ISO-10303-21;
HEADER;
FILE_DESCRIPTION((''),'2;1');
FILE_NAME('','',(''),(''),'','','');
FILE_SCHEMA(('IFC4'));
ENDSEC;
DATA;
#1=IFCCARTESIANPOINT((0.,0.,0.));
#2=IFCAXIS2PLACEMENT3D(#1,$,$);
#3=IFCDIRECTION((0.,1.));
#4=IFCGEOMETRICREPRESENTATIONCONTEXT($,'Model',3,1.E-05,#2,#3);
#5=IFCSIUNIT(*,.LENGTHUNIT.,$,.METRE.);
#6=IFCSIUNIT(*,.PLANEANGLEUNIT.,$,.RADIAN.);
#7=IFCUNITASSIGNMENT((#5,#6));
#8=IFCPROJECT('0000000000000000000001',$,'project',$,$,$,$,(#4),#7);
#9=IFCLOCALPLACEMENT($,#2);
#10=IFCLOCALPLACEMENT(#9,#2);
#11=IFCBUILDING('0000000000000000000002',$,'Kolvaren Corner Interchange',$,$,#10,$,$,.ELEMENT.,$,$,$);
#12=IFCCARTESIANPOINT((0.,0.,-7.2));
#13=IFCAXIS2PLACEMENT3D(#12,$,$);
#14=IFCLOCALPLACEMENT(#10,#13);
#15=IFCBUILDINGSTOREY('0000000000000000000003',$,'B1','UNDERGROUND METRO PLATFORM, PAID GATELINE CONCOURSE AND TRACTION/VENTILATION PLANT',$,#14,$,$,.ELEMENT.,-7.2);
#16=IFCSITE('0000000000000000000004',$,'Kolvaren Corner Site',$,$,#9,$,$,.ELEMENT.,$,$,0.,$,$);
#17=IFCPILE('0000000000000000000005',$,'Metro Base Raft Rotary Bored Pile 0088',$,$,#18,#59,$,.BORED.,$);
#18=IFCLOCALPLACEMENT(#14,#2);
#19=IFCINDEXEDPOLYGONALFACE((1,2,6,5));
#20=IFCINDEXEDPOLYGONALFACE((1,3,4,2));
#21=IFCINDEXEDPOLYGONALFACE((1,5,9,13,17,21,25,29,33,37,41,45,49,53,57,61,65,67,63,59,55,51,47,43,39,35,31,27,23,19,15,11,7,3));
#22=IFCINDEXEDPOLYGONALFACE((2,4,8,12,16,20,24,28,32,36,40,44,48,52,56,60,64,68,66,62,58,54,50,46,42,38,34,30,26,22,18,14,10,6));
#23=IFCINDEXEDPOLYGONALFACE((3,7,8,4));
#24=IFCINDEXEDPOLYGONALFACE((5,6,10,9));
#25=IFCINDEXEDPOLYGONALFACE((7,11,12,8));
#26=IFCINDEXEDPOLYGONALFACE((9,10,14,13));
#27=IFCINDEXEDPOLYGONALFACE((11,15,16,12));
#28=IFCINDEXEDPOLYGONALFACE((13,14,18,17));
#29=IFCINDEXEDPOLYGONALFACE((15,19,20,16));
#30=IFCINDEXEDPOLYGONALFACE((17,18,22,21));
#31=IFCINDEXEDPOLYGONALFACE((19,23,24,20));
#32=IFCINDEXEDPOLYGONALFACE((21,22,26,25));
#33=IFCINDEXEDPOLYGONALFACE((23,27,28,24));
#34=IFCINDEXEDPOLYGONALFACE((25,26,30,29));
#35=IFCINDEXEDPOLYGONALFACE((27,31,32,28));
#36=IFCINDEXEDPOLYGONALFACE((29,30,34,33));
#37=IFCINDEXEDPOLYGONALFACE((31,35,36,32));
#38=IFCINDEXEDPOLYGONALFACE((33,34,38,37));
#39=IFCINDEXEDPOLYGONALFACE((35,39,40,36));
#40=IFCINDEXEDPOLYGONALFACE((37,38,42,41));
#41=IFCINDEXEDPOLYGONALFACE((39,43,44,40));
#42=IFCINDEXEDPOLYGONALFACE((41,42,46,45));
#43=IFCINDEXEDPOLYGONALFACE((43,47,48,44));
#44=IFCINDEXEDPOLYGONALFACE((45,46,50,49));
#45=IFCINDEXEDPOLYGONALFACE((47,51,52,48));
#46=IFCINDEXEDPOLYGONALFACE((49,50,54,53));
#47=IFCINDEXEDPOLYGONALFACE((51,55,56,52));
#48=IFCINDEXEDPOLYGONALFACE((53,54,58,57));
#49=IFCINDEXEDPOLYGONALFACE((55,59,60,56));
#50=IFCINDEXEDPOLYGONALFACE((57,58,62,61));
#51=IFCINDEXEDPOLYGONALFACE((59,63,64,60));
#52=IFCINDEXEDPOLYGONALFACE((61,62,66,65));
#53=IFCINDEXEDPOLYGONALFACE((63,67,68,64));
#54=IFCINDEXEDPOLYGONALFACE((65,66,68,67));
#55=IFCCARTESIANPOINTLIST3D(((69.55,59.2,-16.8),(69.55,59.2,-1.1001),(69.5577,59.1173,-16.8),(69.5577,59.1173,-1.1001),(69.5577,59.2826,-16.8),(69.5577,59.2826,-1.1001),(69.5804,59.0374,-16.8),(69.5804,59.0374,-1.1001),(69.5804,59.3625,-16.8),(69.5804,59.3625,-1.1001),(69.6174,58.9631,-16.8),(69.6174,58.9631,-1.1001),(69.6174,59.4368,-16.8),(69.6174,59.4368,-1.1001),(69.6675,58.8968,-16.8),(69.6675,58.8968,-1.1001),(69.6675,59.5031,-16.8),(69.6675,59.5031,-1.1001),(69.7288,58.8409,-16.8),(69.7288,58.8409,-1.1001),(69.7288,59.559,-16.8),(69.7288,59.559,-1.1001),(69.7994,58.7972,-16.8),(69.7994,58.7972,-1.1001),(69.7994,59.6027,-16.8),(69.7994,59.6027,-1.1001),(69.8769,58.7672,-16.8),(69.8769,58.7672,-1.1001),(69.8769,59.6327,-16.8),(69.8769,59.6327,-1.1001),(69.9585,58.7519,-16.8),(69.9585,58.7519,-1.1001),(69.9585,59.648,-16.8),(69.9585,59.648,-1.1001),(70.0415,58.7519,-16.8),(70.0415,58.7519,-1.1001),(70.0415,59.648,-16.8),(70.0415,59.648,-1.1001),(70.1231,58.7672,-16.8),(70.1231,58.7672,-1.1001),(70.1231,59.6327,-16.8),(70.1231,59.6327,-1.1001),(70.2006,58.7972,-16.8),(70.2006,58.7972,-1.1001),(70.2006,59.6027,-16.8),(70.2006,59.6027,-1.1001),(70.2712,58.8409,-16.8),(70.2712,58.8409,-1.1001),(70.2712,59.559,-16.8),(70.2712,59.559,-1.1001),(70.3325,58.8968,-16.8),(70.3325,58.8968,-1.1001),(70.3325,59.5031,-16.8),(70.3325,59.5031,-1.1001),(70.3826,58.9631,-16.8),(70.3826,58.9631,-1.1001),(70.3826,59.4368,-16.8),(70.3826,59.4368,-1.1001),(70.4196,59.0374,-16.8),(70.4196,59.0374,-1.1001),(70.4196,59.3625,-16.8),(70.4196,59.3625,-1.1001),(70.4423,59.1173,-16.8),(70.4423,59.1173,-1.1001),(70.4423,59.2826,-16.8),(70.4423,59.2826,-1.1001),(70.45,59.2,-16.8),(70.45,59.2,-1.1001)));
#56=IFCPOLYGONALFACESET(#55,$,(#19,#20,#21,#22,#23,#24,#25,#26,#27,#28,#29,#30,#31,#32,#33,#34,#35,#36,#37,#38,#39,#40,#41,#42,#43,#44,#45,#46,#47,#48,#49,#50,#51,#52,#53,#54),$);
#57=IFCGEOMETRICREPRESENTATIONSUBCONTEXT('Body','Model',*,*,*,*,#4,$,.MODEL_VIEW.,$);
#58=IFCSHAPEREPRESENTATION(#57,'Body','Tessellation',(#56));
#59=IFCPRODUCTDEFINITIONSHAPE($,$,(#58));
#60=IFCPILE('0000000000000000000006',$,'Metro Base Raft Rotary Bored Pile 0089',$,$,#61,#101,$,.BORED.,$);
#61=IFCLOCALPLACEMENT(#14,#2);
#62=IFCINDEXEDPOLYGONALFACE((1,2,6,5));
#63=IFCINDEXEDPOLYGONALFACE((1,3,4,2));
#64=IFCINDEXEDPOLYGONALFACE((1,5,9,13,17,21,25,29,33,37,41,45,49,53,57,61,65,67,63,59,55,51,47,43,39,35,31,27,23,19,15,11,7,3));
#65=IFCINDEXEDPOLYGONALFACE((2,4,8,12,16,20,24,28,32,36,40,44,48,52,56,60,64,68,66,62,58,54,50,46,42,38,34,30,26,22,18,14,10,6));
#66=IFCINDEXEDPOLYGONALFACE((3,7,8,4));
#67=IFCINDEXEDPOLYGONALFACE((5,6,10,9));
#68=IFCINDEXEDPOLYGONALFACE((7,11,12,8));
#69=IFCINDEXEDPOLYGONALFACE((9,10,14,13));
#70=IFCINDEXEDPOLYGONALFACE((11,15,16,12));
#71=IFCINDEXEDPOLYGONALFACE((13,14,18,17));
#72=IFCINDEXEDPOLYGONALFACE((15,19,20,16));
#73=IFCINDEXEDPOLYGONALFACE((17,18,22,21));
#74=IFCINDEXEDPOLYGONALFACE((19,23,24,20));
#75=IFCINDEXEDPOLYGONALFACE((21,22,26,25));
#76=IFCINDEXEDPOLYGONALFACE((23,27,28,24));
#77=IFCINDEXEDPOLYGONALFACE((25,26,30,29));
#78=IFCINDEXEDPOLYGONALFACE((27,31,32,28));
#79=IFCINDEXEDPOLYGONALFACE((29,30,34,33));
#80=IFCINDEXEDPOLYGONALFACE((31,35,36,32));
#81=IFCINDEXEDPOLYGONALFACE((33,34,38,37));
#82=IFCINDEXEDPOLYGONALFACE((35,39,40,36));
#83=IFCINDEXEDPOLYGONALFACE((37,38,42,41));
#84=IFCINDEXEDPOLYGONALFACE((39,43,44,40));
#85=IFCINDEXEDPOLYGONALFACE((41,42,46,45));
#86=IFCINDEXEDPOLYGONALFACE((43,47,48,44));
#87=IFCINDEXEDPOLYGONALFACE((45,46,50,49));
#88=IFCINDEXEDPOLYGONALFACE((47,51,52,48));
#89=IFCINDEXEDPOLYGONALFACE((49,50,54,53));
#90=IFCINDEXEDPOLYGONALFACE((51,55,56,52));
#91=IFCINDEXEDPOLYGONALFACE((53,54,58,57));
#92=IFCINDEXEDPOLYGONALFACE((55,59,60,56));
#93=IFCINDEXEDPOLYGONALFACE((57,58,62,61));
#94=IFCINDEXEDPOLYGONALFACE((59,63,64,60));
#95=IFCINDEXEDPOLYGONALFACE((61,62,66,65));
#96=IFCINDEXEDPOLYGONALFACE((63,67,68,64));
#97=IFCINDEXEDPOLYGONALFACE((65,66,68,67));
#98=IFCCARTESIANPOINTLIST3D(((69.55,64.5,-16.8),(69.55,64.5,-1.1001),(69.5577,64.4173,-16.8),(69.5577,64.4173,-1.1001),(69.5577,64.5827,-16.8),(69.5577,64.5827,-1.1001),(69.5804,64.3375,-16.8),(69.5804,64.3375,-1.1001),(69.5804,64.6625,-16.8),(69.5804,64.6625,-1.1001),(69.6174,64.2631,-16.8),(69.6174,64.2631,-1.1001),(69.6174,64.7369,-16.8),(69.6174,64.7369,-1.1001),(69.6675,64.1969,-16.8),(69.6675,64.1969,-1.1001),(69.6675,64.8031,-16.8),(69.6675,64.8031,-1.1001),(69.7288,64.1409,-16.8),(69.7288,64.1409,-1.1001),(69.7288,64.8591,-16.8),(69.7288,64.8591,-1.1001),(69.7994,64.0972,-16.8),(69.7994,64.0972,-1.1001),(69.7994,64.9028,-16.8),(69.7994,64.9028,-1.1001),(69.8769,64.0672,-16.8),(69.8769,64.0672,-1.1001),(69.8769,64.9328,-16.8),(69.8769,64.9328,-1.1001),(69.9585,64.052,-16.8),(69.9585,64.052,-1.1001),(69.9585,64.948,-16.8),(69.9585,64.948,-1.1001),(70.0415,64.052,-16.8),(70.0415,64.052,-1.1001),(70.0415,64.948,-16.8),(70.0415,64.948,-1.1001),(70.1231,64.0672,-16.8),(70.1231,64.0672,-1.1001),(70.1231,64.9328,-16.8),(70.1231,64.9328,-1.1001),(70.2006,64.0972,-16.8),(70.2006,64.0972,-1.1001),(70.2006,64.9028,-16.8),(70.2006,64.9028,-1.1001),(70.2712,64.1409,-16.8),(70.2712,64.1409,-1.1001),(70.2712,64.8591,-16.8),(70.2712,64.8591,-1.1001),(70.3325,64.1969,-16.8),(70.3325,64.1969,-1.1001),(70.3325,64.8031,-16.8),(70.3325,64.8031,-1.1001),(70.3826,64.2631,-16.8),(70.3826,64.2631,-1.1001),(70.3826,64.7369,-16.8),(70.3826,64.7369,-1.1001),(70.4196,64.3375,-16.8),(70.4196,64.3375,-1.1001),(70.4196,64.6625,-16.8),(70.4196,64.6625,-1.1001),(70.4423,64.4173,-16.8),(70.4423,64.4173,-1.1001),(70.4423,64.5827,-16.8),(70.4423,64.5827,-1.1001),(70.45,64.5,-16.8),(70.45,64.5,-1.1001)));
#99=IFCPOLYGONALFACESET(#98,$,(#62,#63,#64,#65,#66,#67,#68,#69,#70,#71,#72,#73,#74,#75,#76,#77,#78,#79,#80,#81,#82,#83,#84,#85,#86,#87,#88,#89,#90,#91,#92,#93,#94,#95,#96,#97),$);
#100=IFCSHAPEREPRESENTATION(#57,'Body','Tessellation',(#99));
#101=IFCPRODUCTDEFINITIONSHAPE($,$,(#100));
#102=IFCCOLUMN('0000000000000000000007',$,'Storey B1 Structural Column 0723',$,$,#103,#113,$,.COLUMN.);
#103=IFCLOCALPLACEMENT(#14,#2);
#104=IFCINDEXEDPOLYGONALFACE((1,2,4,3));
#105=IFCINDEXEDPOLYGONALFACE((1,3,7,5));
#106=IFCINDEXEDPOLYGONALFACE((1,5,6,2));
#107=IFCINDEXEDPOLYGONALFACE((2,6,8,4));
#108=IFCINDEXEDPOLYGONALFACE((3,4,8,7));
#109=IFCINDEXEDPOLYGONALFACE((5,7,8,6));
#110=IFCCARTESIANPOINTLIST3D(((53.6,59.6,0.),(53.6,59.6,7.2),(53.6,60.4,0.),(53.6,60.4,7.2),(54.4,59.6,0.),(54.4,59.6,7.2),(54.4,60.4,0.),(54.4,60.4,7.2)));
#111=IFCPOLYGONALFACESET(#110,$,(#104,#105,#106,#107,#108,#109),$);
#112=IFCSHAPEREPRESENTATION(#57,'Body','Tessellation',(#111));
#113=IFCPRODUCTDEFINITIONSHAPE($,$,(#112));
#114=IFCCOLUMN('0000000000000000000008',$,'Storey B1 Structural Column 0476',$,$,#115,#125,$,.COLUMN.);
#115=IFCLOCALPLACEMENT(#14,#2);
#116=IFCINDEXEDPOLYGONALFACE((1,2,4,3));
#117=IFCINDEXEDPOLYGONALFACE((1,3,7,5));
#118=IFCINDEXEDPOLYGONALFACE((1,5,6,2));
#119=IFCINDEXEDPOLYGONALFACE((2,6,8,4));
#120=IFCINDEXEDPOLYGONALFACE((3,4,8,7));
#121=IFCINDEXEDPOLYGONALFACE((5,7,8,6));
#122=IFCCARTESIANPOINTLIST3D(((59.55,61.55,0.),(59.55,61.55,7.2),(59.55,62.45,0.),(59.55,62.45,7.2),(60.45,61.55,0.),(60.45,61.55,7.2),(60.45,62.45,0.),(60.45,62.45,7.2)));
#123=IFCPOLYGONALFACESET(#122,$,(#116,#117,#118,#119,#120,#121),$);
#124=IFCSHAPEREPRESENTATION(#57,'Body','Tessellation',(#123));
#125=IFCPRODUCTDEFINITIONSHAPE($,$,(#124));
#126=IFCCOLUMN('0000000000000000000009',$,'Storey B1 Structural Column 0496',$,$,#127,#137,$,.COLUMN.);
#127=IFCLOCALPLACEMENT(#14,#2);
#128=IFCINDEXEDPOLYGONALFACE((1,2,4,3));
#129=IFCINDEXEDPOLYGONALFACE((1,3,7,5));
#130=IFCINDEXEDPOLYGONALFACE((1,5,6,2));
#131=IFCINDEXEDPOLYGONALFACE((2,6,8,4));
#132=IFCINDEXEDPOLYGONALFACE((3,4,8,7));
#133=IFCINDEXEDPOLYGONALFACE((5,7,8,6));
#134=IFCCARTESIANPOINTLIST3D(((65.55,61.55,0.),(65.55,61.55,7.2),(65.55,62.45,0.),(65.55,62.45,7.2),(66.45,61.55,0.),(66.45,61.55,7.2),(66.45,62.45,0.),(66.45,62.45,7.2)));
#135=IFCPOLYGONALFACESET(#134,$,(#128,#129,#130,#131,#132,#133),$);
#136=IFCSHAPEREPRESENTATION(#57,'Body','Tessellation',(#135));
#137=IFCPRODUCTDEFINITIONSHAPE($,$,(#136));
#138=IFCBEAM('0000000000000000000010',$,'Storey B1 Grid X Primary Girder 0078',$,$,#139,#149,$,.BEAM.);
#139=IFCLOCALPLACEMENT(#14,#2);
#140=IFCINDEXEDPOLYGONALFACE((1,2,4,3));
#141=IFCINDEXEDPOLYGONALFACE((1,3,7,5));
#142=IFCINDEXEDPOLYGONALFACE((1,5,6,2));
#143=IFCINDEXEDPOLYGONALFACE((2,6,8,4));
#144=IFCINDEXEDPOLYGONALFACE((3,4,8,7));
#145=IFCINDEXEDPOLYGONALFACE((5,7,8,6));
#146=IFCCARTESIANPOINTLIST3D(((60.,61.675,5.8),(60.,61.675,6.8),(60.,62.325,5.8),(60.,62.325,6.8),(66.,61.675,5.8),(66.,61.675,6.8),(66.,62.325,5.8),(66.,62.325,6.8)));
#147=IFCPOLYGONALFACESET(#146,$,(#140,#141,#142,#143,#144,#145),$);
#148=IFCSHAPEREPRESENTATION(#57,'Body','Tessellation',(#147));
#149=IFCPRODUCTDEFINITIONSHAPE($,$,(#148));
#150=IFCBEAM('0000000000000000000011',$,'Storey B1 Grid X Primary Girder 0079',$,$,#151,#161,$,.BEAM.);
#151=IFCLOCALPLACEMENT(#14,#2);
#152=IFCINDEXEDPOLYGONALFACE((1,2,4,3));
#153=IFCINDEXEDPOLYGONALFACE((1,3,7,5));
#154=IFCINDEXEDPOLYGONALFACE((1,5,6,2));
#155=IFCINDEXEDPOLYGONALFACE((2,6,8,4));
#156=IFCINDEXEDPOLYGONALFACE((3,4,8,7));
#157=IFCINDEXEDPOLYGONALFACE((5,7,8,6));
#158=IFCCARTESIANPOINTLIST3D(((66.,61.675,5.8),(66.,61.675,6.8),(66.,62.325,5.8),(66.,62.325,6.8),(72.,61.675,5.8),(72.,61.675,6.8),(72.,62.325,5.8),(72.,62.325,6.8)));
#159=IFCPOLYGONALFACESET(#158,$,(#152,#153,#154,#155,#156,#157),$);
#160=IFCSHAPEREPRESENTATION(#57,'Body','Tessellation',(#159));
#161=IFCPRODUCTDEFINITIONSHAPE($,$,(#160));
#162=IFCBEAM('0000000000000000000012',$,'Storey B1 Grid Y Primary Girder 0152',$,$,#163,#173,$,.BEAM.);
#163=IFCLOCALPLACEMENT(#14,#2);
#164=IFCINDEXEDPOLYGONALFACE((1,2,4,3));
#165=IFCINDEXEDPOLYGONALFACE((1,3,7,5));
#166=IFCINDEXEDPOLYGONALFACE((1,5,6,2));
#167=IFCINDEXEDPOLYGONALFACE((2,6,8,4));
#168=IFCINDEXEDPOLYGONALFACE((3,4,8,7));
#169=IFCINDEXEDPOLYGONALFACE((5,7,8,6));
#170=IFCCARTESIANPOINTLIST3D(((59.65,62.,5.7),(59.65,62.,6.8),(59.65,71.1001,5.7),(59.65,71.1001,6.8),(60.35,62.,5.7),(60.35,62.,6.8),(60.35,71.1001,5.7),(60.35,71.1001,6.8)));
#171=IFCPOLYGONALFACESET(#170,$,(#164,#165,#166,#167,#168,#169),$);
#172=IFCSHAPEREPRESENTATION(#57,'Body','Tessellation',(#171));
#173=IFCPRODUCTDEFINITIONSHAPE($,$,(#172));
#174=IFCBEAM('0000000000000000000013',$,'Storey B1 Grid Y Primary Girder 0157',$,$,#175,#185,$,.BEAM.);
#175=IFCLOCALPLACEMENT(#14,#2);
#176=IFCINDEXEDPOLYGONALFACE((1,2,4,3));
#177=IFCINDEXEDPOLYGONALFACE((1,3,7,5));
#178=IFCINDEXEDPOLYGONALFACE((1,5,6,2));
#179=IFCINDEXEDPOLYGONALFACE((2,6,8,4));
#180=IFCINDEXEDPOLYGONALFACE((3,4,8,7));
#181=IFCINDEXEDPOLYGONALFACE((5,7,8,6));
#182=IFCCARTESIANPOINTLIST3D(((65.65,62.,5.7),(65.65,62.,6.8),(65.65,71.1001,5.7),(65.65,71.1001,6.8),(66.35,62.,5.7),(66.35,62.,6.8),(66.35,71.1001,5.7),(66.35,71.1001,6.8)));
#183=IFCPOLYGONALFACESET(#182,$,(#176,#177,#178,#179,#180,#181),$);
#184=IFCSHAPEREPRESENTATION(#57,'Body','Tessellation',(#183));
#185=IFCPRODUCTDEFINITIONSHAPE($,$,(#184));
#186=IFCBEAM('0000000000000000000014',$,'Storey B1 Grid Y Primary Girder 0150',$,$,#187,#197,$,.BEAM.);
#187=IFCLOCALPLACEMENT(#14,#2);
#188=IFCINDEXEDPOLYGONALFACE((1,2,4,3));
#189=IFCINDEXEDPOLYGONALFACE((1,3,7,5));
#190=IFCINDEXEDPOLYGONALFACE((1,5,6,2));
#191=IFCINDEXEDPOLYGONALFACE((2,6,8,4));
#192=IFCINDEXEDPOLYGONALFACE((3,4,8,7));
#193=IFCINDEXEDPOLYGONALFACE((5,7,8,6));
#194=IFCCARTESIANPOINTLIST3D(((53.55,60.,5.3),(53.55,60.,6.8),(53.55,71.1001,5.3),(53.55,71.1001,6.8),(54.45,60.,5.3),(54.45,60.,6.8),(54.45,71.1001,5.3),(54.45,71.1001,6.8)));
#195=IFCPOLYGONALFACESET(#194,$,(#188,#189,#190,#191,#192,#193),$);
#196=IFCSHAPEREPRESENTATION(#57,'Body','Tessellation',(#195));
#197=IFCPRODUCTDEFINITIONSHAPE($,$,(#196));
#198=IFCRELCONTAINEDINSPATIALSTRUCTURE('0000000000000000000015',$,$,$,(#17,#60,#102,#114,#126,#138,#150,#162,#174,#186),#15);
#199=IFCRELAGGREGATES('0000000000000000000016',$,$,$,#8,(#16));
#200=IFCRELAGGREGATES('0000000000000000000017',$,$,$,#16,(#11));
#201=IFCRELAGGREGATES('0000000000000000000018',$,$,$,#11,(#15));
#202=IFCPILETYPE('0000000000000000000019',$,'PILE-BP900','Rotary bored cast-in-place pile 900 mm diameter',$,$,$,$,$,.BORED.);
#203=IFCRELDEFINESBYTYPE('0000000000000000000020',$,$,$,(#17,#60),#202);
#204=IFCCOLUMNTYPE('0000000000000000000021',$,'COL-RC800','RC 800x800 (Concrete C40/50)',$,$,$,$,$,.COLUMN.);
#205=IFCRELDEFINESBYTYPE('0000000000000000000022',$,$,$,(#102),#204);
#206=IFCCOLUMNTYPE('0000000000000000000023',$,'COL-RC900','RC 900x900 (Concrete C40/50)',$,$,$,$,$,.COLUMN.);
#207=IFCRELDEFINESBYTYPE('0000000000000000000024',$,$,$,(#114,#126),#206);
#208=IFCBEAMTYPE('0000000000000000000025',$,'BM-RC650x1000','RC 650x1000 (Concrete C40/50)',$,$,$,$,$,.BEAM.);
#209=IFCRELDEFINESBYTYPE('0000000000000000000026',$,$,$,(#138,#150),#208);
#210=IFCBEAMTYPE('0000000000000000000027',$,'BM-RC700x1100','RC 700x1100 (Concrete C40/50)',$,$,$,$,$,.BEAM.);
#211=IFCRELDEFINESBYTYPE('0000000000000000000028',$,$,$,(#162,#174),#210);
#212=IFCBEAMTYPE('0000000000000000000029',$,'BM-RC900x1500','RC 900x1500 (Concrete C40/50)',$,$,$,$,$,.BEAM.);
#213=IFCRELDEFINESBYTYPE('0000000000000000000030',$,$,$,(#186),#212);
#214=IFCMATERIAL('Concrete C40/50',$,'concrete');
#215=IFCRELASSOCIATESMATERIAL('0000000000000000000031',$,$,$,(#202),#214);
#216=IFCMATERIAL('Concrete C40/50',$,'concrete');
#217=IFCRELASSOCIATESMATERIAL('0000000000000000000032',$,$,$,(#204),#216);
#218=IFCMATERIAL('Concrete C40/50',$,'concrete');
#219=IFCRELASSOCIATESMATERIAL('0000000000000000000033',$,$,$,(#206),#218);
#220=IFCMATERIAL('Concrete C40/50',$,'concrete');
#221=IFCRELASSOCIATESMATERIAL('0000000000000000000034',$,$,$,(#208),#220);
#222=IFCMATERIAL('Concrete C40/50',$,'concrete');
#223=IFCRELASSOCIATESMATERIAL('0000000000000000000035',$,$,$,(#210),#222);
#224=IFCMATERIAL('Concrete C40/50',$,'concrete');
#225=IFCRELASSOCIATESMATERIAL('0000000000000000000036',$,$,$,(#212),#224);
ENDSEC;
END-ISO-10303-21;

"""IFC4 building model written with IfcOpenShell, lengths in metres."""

from ifc_helpers import new_model, si_unit, direction, frame, origin, origin_2d, place, context, subcontext, project, spatial, rectangle, circle, extrude, material, material_profile, profile_set, type_object, element, save


model = new_model("IFC4")

# Units and contexts
model_context = context("Model", 3, precision=1e-05, world=origin(), true_north=direction((0.0, 1.0)))
body_context = subcontext(model_context, "Body", "Model", "MODEL_VIEW")
ifc_project = project(units=[si_unit("LENGTHUNIT", "METRE"), si_unit("PLANEANGLEUNIT", "RADIAN")], contexts=[model_context])

# Site, building, storey
site_placement = place(None, origin())
site = spatial("IfcSite", under=ifc_project, at=site_placement, Name="Kolvaren Corner Site", CompositionType="ELEMENT", RefElevation=0.0)
building_placement = place(site_placement, origin())
building = spatial("IfcBuilding", under=site, at=building_placement, Name="Kolvaren Corner Interchange", CompositionType="ELEMENT")
storey_placement = place(building_placement, frame((0.0, 0.0, -7.2)))
storey = spatial("IfcBuildingStorey", under=building, at=storey_placement, Name="B1", Description="UNDERGROUND METRO PLATFORM, PAID GATELINE CONCOURSE AND TRACTION/VENTILATION PLANT", CompositionType="ELEMENT", Elevation=-7.2)

# Piles
ifc_material_1 = material(Name="Concrete C40/50", Category="concrete")
ifc_material_profile_1 = material_profile(ifc_material_1, circle(Radius=0.45, at=origin_2d()), Name="BORED PILE 900")
ifc_profile_set_1 = profile_set([ifc_material_profile_1], Name="Concrete C40/50")
pile_type = type_object("IfcPileType", Name="PILE-BP900", Description="Rotary bored cast-in-place pile 900 mm diameter", PredefinedType="BORED", material=ifc_profile_set_1)
for number, where, z_axis, x_axis, name in (
    (1, (70.0, 59.2, -1.1001), (0.0, 0.0, -1.0), (1.0, 0.0, 0.0), "Metro Base Raft Rotary Bored Pile 0088"),
    (2, (70.0, 64.5, -1.1001), (0.0, 0.0, -1.0), (1.0, 0.0, 0.0), "Metro Base Raft Rotary Bored Pile 0089"),
):
    element("IfcPile", number, at=place(storey_placement, frame(where, z_axis=z_axis, x_axis=x_axis)), inside=storey, type_object=pile_type, Name=name, PredefinedType="BORED", context=body_context, shape_type="SweptSolid", body=[
        extrude(circle(Radius=0.45, at=origin_2d()), origin(), (0.0, 0.0, 1.0), 15.7),
    ])

# Columns
ifc_material_2 = material(Name="Concrete C40/50", Category="concrete")
ifc_material_profile_2 = material_profile(ifc_material_2, rectangle(XDim=0.8, YDim=0.8, at=origin_2d()), Name="RC 800x800")
ifc_profile_set_2 = profile_set([ifc_material_profile_2], Name="Concrete C40/50")
column_type_1 = type_object("IfcColumnType", Name="COL-RC800", Description="RC 800x800 (Concrete C40/50)", PredefinedType="COLUMN", material=ifc_profile_set_2)
column_placement = place(storey_placement, frame((54.0, 60.0, 0.0), z_axis=(0.0, 0.0, 1.0), x_axis=(1.0, 0.0, 0.0)))
element("IfcColumn", 3, at=column_placement, inside=storey, type_object=column_type_1, Name="Storey B1 Structural Column 0723", PredefinedType="COLUMN", context=body_context, shape_type="SweptSolid", body=[
    extrude(rectangle(XDim=0.8, YDim=0.8, at=origin_2d()), origin(), (0.0, 0.0, 1.0), 7.2),
])
ifc_material_3 = material(Name="Concrete C40/50", Category="concrete")
ifc_material_profile_3 = material_profile(ifc_material_3, rectangle(XDim=0.8999, YDim=0.8999, at=origin_2d()), Name="RC 900x900")
ifc_profile_set_3 = profile_set([ifc_material_profile_3], Name="Concrete C40/50")
column_type_2 = type_object("IfcColumnType", Name="COL-RC900", Description="RC 900x900 (Concrete C40/50)", PredefinedType="COLUMN", material=ifc_profile_set_3)
for number, where, z_axis, x_axis, name in (
    (4, (60.0, 62.0, 0.0), (0.0, 0.0, 1.0), (1.0, 0.0, 0.0), "Storey B1 Structural Column 0476"),
    (5, (66.0, 62.0, 0.0), (0.0, 0.0, 1.0), (1.0, 0.0, 0.0), "Storey B1 Structural Column 0496"),
):
    element("IfcColumn", number, at=place(storey_placement, frame(where, z_axis=z_axis, x_axis=x_axis)), inside=storey, type_object=column_type_2, Name=name, PredefinedType="COLUMN", context=body_context, shape_type="SweptSolid", body=[
        extrude(rectangle(XDim=0.8999, YDim=0.8999, at=origin_2d()), origin(), (0.0, 0.0, 1.0), 7.2),
    ])

# Beams
ifc_material_4 = material(Name="Concrete C40/50", Category="concrete")
ifc_material_profile_4 = material_profile(ifc_material_4, rectangle(XDim=0.6499, YDim=1.0, at=origin_2d()), Name="RC 650x1000")
ifc_profile_set_4 = profile_set([ifc_material_profile_4], Name="Concrete C40/50")
beam_type_1 = type_object("IfcBeamType", Name="BM-RC650x1000", Description="RC 650x1000 (Concrete C40/50)", PredefinedType="BEAM", material=ifc_profile_set_4)
for number, where, z_axis, x_axis, name in (
    (6, (60.0, 62.0, 6.3), (1.0, 0.0, 0.0), (0.0, 1.0, 0.0), "Storey B1 Grid X Primary Girder 0078"),
    (7, (66.0, 62.0, 6.3), (1.0, 0.0, 0.0), (0.0, 1.0, 0.0), "Storey B1 Grid X Primary Girder 0079"),
):
    element("IfcBeam", number, at=place(storey_placement, frame(where, z_axis=z_axis, x_axis=x_axis)), inside=storey, type_object=beam_type_1, Name=name, PredefinedType="BEAM", context=body_context, shape_type="SweptSolid", body=[
        extrude(rectangle(XDim=0.6499, YDim=1.0, at=origin_2d()), origin(), (0.0, 0.0, 1.0), 6.0),
    ])
ifc_material_5 = material(Name="Concrete C40/50", Category="concrete")
ifc_material_profile_5 = material_profile(ifc_material_5, rectangle(XDim=0.7, YDim=1.1001, at=origin_2d()), Name="RC 700x1100")
ifc_profile_set_5 = profile_set([ifc_material_profile_5], Name="Concrete C40/50")
beam_type_2 = type_object("IfcBeamType", Name="BM-RC700x1100", Description="RC 700x1100 (Concrete C40/50)", PredefinedType="BEAM", material=ifc_profile_set_5)
for number, where, z_axis, x_axis, name in (
    (8, (60.0, 62.0, 6.25), (0.0, 1.0, 0.0), (-1.0, 0.0, 0.0), "Storey B1 Grid Y Primary Girder 0152"),
    (9, (66.0, 62.0, 6.25), (0.0, 1.0, 0.0), (-1.0, 0.0, 0.0), "Storey B1 Grid Y Primary Girder 0157"),
):
    element("IfcBeam", number, at=place(storey_placement, frame(where, z_axis=z_axis, x_axis=x_axis)), inside=storey, type_object=beam_type_2, Name=name, PredefinedType="BEAM", context=body_context, shape_type="SweptSolid", body=[
        extrude(rectangle(XDim=0.7, YDim=1.1001, at=origin_2d()), origin(), (0.0, 0.0, 1.0), 9.1001),
    ])
ifc_material_6 = material(Name="Concrete C40/50", Category="concrete")
ifc_material_profile_6 = material_profile(ifc_material_6, rectangle(XDim=0.8999, YDim=1.5, at=origin_2d()), Name="RC 900x1500")
ifc_profile_set_6 = profile_set([ifc_material_profile_6], Name="Concrete C40/50")
beam_type_3 = type_object("IfcBeamType", Name="BM-RC900x1500", Description="RC 900x1500 (Concrete C40/50)", PredefinedType="BEAM", material=ifc_profile_set_6)
beam_placement = place(storey_placement, frame((54.0, 60.0, 6.05), z_axis=(0.0, 1.0, 0.0), x_axis=(-1.0, 0.0, 0.0)))
element("IfcBeam", 10, at=beam_placement, inside=storey, type_object=beam_type_3, Name="Storey B1 Grid Y Primary Girder 0150", PredefinedType="BEAM", context=body_context, shape_type="SweptSolid", body=[
    extrude(rectangle(XDim=0.8999, YDim=1.5, at=origin_2d()), origin(), (0.0, 0.0, 1.0), 11.1001),
])

save(model, "model.ifc")
